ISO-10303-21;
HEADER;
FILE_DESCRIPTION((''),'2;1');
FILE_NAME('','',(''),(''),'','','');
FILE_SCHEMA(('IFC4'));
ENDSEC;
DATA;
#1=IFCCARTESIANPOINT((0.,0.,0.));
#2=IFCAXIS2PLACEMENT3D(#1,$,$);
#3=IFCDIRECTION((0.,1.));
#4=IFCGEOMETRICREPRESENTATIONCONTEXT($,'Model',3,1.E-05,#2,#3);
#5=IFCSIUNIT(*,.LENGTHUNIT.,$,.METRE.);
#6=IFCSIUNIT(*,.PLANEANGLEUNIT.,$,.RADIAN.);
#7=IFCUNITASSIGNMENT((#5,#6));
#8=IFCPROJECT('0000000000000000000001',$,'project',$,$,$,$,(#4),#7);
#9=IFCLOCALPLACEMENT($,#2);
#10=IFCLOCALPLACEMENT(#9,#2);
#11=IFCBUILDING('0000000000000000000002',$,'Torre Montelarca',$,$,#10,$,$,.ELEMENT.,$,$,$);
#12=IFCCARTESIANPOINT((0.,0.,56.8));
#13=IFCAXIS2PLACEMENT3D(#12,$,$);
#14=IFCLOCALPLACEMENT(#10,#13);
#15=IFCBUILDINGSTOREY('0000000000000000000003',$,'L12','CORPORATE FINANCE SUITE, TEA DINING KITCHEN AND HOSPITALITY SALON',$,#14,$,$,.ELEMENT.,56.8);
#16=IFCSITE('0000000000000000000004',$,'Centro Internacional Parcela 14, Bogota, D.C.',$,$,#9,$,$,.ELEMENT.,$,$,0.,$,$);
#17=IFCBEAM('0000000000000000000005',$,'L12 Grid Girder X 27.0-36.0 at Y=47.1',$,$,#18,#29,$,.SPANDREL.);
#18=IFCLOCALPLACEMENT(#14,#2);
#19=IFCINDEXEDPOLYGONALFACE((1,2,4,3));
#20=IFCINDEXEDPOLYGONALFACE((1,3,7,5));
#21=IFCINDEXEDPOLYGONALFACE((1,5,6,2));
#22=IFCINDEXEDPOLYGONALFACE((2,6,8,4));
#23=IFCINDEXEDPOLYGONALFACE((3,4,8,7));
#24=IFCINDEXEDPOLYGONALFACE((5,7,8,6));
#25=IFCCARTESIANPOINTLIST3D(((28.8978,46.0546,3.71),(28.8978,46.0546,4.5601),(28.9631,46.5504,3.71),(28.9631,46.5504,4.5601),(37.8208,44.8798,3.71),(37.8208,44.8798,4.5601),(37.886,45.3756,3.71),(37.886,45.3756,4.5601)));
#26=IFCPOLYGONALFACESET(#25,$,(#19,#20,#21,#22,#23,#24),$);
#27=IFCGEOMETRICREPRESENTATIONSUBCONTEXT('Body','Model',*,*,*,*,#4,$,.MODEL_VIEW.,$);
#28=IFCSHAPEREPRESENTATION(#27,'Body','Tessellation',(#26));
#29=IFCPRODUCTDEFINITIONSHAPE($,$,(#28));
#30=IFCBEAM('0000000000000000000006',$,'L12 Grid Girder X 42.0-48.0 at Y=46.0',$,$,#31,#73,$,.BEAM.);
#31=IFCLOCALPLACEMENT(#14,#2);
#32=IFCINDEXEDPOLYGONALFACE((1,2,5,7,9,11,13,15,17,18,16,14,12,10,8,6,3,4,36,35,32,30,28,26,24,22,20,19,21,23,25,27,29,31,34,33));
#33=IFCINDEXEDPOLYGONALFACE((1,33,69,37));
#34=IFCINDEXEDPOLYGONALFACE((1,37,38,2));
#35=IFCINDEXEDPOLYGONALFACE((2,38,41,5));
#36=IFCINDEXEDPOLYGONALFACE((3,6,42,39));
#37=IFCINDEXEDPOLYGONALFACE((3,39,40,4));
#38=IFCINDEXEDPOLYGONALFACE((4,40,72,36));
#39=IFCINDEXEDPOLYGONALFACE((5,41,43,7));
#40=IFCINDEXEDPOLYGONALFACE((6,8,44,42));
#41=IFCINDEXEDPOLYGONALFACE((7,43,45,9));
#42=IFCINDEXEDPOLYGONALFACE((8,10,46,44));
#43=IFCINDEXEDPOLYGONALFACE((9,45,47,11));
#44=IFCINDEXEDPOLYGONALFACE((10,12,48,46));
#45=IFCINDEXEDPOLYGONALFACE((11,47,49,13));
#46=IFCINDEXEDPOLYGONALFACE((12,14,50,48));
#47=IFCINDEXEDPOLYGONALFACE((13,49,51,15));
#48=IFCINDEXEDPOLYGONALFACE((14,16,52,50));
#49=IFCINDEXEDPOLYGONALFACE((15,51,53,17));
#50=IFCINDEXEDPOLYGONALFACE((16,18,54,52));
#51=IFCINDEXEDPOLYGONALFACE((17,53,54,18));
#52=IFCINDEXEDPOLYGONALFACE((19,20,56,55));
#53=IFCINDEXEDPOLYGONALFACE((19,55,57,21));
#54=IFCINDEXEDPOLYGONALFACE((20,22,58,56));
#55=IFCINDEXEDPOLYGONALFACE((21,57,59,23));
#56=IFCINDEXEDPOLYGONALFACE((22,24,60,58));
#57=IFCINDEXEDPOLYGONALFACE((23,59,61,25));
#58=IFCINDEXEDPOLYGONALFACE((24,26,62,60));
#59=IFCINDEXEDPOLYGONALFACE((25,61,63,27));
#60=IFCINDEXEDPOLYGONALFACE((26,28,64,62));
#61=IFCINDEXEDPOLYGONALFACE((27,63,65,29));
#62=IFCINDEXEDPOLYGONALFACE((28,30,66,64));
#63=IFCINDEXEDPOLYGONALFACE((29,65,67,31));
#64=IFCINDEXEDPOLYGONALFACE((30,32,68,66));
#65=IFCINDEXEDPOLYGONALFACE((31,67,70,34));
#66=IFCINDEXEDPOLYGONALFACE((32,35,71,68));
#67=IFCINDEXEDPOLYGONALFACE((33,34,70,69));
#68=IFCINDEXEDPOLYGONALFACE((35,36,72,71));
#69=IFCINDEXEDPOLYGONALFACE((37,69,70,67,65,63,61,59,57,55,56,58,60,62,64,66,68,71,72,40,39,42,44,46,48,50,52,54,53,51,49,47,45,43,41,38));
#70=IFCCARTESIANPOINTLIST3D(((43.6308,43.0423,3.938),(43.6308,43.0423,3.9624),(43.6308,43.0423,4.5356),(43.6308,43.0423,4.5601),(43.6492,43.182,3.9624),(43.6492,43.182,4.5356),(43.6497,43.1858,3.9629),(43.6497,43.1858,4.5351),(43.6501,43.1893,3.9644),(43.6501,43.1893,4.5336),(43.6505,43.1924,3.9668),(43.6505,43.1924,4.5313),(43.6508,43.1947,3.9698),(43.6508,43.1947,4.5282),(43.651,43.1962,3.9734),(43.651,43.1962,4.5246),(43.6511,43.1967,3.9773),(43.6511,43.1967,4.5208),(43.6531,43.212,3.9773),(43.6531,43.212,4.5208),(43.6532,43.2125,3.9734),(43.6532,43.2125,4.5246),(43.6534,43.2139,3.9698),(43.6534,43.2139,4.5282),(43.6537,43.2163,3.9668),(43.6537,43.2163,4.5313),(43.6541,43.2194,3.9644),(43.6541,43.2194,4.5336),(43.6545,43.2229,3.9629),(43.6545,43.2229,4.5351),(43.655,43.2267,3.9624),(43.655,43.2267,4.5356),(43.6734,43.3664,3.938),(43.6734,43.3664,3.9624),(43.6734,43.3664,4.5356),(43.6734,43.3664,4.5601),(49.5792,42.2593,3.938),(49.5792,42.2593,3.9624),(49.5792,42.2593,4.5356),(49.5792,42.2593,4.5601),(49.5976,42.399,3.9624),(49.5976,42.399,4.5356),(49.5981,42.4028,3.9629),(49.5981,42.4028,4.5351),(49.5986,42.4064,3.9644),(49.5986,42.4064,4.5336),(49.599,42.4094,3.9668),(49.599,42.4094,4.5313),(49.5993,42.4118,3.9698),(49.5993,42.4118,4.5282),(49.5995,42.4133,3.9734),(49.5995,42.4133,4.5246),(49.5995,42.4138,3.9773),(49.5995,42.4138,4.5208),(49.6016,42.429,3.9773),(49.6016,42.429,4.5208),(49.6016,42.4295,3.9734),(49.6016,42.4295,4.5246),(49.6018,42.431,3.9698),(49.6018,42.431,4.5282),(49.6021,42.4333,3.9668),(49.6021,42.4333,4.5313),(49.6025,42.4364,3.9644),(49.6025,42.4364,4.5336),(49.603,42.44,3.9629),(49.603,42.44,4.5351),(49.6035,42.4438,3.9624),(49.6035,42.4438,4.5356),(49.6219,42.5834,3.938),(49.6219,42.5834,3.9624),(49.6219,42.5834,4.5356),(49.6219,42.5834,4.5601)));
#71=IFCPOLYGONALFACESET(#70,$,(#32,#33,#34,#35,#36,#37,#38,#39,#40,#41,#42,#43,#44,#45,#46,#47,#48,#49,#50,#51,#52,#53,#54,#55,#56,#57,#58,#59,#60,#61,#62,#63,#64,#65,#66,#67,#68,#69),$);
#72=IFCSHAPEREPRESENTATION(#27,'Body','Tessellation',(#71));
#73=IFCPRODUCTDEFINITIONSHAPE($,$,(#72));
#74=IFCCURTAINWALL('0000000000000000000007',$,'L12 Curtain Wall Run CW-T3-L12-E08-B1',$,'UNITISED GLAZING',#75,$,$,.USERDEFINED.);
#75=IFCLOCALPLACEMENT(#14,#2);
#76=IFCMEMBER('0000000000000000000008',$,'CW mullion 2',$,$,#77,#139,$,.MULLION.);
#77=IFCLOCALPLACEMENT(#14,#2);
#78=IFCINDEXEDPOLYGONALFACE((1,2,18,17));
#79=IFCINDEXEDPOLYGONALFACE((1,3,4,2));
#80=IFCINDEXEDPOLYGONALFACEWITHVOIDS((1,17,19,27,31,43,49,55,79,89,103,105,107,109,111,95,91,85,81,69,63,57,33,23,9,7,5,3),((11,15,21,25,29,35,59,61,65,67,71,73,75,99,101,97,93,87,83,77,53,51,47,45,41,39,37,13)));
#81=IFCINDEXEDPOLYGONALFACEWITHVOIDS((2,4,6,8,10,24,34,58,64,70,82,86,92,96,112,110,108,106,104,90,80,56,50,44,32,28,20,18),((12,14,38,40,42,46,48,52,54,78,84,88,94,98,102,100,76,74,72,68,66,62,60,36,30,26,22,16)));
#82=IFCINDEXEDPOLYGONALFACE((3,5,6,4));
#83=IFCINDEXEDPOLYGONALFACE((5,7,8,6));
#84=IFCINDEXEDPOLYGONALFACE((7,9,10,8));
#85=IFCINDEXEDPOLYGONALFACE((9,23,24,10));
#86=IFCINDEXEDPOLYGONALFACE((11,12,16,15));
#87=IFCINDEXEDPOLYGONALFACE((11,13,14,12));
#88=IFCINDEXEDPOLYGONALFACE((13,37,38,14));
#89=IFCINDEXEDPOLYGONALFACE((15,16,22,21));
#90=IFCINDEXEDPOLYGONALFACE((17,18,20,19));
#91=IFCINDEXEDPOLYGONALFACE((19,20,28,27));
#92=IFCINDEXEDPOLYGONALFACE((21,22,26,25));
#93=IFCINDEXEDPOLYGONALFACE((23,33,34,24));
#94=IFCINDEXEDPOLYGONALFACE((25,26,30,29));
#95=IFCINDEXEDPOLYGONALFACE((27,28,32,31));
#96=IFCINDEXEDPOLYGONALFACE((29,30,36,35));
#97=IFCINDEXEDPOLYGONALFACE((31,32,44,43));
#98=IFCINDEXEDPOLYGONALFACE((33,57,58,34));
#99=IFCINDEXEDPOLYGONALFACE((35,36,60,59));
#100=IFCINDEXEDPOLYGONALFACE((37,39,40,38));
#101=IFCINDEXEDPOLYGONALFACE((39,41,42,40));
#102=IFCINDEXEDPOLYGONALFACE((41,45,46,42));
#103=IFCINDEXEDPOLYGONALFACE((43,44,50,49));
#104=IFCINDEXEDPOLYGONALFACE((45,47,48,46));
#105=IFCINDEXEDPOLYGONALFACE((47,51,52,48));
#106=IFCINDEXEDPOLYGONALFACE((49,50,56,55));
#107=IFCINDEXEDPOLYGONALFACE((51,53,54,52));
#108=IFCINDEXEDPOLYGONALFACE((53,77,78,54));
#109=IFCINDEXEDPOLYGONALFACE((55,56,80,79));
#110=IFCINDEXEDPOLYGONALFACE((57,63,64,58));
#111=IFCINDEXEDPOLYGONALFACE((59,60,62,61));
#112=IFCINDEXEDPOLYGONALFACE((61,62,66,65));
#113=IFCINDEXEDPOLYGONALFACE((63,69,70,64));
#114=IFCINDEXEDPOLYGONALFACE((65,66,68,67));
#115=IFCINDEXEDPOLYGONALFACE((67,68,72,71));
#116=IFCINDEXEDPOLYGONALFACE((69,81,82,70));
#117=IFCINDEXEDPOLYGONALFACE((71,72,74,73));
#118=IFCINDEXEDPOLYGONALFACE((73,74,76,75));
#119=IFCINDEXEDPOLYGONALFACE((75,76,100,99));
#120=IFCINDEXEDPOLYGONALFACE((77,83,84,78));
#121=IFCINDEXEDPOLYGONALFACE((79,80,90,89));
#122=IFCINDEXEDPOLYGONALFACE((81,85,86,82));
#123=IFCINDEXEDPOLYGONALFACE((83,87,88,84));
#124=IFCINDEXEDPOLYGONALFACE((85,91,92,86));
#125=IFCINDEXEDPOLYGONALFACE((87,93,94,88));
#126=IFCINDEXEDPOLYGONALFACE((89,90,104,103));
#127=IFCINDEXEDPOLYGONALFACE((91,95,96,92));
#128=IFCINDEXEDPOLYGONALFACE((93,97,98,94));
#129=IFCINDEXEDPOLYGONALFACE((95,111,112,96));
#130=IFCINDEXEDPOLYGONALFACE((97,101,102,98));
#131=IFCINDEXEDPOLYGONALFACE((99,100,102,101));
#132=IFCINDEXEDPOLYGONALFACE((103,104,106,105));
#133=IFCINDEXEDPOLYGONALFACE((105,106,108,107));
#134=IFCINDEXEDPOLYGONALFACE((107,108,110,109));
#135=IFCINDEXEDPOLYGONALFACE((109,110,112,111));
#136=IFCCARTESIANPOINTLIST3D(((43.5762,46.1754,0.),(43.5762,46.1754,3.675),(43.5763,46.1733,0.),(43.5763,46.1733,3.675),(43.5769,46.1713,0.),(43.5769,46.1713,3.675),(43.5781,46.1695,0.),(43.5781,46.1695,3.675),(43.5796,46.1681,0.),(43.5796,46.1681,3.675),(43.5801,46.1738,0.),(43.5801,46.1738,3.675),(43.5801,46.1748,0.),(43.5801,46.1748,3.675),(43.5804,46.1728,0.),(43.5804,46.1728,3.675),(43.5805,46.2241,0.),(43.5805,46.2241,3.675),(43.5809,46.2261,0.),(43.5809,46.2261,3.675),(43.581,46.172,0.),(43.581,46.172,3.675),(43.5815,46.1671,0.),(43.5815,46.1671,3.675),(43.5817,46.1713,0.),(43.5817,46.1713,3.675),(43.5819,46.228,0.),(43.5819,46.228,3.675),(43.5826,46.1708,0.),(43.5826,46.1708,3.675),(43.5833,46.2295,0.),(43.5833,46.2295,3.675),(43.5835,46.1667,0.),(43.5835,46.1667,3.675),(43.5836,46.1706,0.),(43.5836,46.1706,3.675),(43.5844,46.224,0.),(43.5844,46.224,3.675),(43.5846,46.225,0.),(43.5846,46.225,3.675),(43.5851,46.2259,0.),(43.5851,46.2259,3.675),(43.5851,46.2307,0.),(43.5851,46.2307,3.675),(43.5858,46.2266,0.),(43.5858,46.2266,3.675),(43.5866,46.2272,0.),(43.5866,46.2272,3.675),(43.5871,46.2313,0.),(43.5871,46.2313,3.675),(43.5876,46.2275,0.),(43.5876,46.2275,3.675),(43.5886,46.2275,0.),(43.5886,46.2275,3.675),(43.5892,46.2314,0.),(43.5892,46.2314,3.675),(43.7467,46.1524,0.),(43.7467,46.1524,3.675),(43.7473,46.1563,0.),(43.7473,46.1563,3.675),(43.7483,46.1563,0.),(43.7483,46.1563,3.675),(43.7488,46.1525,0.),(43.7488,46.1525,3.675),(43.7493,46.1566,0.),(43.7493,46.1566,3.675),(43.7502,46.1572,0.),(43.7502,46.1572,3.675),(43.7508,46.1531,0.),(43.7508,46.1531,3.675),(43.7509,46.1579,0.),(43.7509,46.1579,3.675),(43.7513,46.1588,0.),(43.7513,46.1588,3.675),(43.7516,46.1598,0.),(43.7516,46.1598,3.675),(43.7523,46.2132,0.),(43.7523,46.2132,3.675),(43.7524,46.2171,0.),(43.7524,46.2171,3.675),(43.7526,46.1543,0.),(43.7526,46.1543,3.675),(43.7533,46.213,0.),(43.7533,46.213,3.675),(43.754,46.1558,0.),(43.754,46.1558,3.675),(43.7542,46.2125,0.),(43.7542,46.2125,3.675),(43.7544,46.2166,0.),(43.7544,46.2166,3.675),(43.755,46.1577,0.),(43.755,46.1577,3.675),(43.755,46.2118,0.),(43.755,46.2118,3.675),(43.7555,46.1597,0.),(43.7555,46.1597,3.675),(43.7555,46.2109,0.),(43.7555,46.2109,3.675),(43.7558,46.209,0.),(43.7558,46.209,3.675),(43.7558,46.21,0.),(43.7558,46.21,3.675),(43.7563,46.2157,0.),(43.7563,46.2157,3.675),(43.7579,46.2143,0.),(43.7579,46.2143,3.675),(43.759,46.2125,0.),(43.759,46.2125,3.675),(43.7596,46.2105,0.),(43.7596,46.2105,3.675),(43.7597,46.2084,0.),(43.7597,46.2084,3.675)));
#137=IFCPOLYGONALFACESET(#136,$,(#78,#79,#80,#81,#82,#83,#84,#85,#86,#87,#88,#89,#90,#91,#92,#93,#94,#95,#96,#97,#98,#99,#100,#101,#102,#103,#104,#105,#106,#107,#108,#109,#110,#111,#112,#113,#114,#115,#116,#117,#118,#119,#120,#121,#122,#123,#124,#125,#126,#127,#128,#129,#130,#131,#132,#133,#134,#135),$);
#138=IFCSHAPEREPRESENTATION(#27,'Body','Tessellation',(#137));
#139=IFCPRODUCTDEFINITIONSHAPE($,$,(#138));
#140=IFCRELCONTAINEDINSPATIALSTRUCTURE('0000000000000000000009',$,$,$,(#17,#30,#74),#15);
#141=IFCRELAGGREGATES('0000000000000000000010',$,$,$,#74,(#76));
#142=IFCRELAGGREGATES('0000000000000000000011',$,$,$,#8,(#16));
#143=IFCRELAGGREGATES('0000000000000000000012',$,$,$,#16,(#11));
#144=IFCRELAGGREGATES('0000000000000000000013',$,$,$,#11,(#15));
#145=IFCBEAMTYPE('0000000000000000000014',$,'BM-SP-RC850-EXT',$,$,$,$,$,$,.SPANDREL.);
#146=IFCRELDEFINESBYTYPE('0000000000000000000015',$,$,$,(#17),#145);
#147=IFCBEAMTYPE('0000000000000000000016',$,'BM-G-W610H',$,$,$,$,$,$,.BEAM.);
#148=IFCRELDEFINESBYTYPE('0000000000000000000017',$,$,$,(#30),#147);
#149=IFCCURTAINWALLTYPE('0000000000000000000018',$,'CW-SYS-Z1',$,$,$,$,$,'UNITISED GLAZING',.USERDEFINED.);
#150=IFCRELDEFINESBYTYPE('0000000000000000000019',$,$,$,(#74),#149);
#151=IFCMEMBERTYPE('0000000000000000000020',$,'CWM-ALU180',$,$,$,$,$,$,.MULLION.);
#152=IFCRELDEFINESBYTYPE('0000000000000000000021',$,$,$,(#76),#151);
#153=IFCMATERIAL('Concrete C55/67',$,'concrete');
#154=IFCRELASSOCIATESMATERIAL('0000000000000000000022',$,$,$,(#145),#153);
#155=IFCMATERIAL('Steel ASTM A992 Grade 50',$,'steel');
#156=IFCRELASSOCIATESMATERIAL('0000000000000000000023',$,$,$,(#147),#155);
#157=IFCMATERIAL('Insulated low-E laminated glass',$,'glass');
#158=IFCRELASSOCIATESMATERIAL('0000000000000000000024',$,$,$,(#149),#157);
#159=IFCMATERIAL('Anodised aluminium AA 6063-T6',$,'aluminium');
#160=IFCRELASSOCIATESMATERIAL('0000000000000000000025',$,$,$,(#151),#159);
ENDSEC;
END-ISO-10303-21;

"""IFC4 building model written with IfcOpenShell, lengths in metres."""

from ifc_helpers import new_model, si_unit, direction, frame, origin, origin_2d, place, context, subcontext, project, spatial, rectangle, hollow_rectangle, i_section, extrude, source, transform, mapped, material, material_profile, profile_set, type_object, element, aggregate, save


model = new_model("IFC4")

# Units and contexts
model_context = context("Model", 3, precision=1e-05, world=origin(), true_north=direction((0.0, 1.0)))
body_context = subcontext(model_context, "Body", "Model", "MODEL_VIEW")
ifc_project = project(units=[si_unit("LENGTHUNIT", "METRE"), si_unit("PLANEANGLEUNIT", "RADIAN")], contexts=[model_context])

# Site, building, storey
site_placement = place(None, origin())
site = spatial("IfcSite", under=ifc_project, at=site_placement, Name="Centro Internacional Parcela 14, Bogota, D.C.", CompositionType="ELEMENT", RefElevation=0.0)
building_placement = place(site_placement, origin())
building = spatial("IfcBuilding", under=site, at=building_placement, Name="Torre Montelarca", CompositionType="ELEMENT")
storey_placement = place(building_placement, frame((0.0, 0.0, 56.8)))
storey = spatial("IfcBuildingStorey", under=building, at=storey_placement, Name="L12", Description="CORPORATE FINANCE SUITE, TEA DINING KITCHEN AND HOSPITALITY SALON", CompositionType="ELEMENT", Elevation=56.8)

# Beams
ifc_material_1 = material(Name="Concrete C55/67", Category="concrete")
ifc_material_profile_1 = material_profile(ifc_material_1, rectangle(XDim=0.5, YDim=0.8501, at=origin_2d()), Name="RCB500X850", Category="concrete")
ifc_profile_set_1 = profile_set([ifc_material_profile_1], Name="Concrete C55/67")
beam_type_1 = type_object("IfcBeamType", Name="BM-SP-RC850-EXT", PredefinedType="SPANDREL", material=ifc_profile_set_1)
shared_shape_1 = source(origin(), body_context, "Body", "SweptSolid", [
    extrude(rectangle(XDim=0.5, YDim=0.8501, at=origin_2d()), origin(), (0.0, 0.0, 1.0), 9.0),
])
beam_1_placement = place(storey_placement, frame((28.9304, 46.3025, 4.135), z_axis=(0.991444, -0.130532, 0.0), x_axis=(0.130532, 0.991444, 0.0)))
element("IfcBeam", 1, at=beam_1_placement, inside=storey, type_object=beam_type_1, Name="L12 Grid Girder X 27.0-36.0 at Y=47.1", PredefinedType="SPANDREL", context=body_context, shape_type="MappedRepresentation", body=[
    mapped(shared_shape_1, transform((0.0, 0.0, 0.0), scale=1.0)),
])
ifc_material_2 = material(Name="Steel ASTM A992 Grade 50", Category="steel")
ifc_material_profile_2 = material_profile(ifc_material_2, i_section(OverallWidth=0.3269, OverallDepth=0.6221, WebThickness=0.0154, FlangeThickness=0.0244, FilletRadius=0.0149, at=origin_2d()), Name="W610X195", Category="steel")
ifc_profile_set_2 = profile_set([ifc_material_profile_2], Name="Steel ASTM A992 Grade 50")
beam_type_2 = type_object("IfcBeamType", Name="BM-G-W610H", PredefinedType="BEAM", material=ifc_profile_set_2)
shared_shape_2 = source(origin(), body_context, "Body", "SweptSolid", [
    extrude(i_section(OverallWidth=0.3269, OverallDepth=0.6221, WebThickness=0.0154, FlangeThickness=0.0244, FilletRadius=0.0149, at=origin_2d()), origin(), (0.0, 0.0, 1.0), 5.9998),
])
beam_2_placement = place(storey_placement, frame((43.6521, 43.2043, 4.249), z_axis=(0.991449, -0.130498, 0.0), x_axis=(0.130498, 0.991449, 0.0)))
element("IfcBeam", 2, at=beam_2_placement, inside=storey, type_object=beam_type_2, Name="L12 Grid Girder X 42.0-48.0 at Y=46.0", PredefinedType="BEAM", context=body_context, shape_type="MappedRepresentation", body=[
    mapped(shared_shape_2, transform((0.0, 0.0, 0.0), scale=1.0)),
])

# Curtain wall, member
ifc_material_3 = material(Name="Insulated low-E laminated glass", Category="glass")
curtain_wall_type = type_object("IfcCurtainWallType", Name="CW-SYS-Z1", ElementType="UNITISED GLAZING", PredefinedType="USERDEFINED", material=ifc_material_3)
curtain_wall_1_placement = place(storey_placement, origin())
curtain_wall_1 = element("IfcCurtainWall", 3, at=curtain_wall_1_placement, inside=storey, type_object=curtain_wall_type, Name="L12 Curtain Wall Run CW-T3-L12-E08-B1", ObjectType="UNITISED GLAZING", PredefinedType="USERDEFINED")
ifc_material_4 = material(Name="Anodised aluminium AA 6063-T6", Category="aluminium")
ifc_material_profile_3 = material_profile(ifc_material_4, hollow_rectangle(XDim=0.0649, YDim=0.1799, WallThickness=0.0039, InnerFilletRadius=0.0039, OuterFilletRadius=0.0081, at=origin_2d()), Name="ALU65X180X4", Category="aluminium")
ifc_profile_set_3 = profile_set([ifc_material_profile_3], Name="Anodised aluminium AA 6063-T6")
member_type_1 = type_object("IfcMemberType", Name="CWM-ALU180", PredefinedType="MULLION", material=ifc_profile_set_3)
shared_shape_3 = source(origin(), body_context, "Body", "SweptSolid", [
    extrude(hollow_rectangle(XDim=0.0649, YDim=0.1799, WallThickness=0.0039, InnerFilletRadius=0.0039, OuterFilletRadius=0.0081, at=origin_2d()), origin(), (0.0, 0.0, 1.0), 3.675),
])
member_1_placement = place(storey_placement, frame((43.668, 46.1919, 0.0), z_axis=(0.0, 0.0, 1.0), x_axis=(-0.087158, -0.996195, 0.0)))
member_1 = element("IfcMember", 4, at=member_1_placement, type_object=member_type_1, Name="CW mullion 2", PredefinedType="MULLION", context=body_context, shape_type="MappedRepresentation", body=[
    mapped(shared_shape_3, transform((0.0, 0.0, 0.0), scale=1.0)),
])

aggregate(curtain_wall_1, [member_1])

save(model, "model.ifc")
